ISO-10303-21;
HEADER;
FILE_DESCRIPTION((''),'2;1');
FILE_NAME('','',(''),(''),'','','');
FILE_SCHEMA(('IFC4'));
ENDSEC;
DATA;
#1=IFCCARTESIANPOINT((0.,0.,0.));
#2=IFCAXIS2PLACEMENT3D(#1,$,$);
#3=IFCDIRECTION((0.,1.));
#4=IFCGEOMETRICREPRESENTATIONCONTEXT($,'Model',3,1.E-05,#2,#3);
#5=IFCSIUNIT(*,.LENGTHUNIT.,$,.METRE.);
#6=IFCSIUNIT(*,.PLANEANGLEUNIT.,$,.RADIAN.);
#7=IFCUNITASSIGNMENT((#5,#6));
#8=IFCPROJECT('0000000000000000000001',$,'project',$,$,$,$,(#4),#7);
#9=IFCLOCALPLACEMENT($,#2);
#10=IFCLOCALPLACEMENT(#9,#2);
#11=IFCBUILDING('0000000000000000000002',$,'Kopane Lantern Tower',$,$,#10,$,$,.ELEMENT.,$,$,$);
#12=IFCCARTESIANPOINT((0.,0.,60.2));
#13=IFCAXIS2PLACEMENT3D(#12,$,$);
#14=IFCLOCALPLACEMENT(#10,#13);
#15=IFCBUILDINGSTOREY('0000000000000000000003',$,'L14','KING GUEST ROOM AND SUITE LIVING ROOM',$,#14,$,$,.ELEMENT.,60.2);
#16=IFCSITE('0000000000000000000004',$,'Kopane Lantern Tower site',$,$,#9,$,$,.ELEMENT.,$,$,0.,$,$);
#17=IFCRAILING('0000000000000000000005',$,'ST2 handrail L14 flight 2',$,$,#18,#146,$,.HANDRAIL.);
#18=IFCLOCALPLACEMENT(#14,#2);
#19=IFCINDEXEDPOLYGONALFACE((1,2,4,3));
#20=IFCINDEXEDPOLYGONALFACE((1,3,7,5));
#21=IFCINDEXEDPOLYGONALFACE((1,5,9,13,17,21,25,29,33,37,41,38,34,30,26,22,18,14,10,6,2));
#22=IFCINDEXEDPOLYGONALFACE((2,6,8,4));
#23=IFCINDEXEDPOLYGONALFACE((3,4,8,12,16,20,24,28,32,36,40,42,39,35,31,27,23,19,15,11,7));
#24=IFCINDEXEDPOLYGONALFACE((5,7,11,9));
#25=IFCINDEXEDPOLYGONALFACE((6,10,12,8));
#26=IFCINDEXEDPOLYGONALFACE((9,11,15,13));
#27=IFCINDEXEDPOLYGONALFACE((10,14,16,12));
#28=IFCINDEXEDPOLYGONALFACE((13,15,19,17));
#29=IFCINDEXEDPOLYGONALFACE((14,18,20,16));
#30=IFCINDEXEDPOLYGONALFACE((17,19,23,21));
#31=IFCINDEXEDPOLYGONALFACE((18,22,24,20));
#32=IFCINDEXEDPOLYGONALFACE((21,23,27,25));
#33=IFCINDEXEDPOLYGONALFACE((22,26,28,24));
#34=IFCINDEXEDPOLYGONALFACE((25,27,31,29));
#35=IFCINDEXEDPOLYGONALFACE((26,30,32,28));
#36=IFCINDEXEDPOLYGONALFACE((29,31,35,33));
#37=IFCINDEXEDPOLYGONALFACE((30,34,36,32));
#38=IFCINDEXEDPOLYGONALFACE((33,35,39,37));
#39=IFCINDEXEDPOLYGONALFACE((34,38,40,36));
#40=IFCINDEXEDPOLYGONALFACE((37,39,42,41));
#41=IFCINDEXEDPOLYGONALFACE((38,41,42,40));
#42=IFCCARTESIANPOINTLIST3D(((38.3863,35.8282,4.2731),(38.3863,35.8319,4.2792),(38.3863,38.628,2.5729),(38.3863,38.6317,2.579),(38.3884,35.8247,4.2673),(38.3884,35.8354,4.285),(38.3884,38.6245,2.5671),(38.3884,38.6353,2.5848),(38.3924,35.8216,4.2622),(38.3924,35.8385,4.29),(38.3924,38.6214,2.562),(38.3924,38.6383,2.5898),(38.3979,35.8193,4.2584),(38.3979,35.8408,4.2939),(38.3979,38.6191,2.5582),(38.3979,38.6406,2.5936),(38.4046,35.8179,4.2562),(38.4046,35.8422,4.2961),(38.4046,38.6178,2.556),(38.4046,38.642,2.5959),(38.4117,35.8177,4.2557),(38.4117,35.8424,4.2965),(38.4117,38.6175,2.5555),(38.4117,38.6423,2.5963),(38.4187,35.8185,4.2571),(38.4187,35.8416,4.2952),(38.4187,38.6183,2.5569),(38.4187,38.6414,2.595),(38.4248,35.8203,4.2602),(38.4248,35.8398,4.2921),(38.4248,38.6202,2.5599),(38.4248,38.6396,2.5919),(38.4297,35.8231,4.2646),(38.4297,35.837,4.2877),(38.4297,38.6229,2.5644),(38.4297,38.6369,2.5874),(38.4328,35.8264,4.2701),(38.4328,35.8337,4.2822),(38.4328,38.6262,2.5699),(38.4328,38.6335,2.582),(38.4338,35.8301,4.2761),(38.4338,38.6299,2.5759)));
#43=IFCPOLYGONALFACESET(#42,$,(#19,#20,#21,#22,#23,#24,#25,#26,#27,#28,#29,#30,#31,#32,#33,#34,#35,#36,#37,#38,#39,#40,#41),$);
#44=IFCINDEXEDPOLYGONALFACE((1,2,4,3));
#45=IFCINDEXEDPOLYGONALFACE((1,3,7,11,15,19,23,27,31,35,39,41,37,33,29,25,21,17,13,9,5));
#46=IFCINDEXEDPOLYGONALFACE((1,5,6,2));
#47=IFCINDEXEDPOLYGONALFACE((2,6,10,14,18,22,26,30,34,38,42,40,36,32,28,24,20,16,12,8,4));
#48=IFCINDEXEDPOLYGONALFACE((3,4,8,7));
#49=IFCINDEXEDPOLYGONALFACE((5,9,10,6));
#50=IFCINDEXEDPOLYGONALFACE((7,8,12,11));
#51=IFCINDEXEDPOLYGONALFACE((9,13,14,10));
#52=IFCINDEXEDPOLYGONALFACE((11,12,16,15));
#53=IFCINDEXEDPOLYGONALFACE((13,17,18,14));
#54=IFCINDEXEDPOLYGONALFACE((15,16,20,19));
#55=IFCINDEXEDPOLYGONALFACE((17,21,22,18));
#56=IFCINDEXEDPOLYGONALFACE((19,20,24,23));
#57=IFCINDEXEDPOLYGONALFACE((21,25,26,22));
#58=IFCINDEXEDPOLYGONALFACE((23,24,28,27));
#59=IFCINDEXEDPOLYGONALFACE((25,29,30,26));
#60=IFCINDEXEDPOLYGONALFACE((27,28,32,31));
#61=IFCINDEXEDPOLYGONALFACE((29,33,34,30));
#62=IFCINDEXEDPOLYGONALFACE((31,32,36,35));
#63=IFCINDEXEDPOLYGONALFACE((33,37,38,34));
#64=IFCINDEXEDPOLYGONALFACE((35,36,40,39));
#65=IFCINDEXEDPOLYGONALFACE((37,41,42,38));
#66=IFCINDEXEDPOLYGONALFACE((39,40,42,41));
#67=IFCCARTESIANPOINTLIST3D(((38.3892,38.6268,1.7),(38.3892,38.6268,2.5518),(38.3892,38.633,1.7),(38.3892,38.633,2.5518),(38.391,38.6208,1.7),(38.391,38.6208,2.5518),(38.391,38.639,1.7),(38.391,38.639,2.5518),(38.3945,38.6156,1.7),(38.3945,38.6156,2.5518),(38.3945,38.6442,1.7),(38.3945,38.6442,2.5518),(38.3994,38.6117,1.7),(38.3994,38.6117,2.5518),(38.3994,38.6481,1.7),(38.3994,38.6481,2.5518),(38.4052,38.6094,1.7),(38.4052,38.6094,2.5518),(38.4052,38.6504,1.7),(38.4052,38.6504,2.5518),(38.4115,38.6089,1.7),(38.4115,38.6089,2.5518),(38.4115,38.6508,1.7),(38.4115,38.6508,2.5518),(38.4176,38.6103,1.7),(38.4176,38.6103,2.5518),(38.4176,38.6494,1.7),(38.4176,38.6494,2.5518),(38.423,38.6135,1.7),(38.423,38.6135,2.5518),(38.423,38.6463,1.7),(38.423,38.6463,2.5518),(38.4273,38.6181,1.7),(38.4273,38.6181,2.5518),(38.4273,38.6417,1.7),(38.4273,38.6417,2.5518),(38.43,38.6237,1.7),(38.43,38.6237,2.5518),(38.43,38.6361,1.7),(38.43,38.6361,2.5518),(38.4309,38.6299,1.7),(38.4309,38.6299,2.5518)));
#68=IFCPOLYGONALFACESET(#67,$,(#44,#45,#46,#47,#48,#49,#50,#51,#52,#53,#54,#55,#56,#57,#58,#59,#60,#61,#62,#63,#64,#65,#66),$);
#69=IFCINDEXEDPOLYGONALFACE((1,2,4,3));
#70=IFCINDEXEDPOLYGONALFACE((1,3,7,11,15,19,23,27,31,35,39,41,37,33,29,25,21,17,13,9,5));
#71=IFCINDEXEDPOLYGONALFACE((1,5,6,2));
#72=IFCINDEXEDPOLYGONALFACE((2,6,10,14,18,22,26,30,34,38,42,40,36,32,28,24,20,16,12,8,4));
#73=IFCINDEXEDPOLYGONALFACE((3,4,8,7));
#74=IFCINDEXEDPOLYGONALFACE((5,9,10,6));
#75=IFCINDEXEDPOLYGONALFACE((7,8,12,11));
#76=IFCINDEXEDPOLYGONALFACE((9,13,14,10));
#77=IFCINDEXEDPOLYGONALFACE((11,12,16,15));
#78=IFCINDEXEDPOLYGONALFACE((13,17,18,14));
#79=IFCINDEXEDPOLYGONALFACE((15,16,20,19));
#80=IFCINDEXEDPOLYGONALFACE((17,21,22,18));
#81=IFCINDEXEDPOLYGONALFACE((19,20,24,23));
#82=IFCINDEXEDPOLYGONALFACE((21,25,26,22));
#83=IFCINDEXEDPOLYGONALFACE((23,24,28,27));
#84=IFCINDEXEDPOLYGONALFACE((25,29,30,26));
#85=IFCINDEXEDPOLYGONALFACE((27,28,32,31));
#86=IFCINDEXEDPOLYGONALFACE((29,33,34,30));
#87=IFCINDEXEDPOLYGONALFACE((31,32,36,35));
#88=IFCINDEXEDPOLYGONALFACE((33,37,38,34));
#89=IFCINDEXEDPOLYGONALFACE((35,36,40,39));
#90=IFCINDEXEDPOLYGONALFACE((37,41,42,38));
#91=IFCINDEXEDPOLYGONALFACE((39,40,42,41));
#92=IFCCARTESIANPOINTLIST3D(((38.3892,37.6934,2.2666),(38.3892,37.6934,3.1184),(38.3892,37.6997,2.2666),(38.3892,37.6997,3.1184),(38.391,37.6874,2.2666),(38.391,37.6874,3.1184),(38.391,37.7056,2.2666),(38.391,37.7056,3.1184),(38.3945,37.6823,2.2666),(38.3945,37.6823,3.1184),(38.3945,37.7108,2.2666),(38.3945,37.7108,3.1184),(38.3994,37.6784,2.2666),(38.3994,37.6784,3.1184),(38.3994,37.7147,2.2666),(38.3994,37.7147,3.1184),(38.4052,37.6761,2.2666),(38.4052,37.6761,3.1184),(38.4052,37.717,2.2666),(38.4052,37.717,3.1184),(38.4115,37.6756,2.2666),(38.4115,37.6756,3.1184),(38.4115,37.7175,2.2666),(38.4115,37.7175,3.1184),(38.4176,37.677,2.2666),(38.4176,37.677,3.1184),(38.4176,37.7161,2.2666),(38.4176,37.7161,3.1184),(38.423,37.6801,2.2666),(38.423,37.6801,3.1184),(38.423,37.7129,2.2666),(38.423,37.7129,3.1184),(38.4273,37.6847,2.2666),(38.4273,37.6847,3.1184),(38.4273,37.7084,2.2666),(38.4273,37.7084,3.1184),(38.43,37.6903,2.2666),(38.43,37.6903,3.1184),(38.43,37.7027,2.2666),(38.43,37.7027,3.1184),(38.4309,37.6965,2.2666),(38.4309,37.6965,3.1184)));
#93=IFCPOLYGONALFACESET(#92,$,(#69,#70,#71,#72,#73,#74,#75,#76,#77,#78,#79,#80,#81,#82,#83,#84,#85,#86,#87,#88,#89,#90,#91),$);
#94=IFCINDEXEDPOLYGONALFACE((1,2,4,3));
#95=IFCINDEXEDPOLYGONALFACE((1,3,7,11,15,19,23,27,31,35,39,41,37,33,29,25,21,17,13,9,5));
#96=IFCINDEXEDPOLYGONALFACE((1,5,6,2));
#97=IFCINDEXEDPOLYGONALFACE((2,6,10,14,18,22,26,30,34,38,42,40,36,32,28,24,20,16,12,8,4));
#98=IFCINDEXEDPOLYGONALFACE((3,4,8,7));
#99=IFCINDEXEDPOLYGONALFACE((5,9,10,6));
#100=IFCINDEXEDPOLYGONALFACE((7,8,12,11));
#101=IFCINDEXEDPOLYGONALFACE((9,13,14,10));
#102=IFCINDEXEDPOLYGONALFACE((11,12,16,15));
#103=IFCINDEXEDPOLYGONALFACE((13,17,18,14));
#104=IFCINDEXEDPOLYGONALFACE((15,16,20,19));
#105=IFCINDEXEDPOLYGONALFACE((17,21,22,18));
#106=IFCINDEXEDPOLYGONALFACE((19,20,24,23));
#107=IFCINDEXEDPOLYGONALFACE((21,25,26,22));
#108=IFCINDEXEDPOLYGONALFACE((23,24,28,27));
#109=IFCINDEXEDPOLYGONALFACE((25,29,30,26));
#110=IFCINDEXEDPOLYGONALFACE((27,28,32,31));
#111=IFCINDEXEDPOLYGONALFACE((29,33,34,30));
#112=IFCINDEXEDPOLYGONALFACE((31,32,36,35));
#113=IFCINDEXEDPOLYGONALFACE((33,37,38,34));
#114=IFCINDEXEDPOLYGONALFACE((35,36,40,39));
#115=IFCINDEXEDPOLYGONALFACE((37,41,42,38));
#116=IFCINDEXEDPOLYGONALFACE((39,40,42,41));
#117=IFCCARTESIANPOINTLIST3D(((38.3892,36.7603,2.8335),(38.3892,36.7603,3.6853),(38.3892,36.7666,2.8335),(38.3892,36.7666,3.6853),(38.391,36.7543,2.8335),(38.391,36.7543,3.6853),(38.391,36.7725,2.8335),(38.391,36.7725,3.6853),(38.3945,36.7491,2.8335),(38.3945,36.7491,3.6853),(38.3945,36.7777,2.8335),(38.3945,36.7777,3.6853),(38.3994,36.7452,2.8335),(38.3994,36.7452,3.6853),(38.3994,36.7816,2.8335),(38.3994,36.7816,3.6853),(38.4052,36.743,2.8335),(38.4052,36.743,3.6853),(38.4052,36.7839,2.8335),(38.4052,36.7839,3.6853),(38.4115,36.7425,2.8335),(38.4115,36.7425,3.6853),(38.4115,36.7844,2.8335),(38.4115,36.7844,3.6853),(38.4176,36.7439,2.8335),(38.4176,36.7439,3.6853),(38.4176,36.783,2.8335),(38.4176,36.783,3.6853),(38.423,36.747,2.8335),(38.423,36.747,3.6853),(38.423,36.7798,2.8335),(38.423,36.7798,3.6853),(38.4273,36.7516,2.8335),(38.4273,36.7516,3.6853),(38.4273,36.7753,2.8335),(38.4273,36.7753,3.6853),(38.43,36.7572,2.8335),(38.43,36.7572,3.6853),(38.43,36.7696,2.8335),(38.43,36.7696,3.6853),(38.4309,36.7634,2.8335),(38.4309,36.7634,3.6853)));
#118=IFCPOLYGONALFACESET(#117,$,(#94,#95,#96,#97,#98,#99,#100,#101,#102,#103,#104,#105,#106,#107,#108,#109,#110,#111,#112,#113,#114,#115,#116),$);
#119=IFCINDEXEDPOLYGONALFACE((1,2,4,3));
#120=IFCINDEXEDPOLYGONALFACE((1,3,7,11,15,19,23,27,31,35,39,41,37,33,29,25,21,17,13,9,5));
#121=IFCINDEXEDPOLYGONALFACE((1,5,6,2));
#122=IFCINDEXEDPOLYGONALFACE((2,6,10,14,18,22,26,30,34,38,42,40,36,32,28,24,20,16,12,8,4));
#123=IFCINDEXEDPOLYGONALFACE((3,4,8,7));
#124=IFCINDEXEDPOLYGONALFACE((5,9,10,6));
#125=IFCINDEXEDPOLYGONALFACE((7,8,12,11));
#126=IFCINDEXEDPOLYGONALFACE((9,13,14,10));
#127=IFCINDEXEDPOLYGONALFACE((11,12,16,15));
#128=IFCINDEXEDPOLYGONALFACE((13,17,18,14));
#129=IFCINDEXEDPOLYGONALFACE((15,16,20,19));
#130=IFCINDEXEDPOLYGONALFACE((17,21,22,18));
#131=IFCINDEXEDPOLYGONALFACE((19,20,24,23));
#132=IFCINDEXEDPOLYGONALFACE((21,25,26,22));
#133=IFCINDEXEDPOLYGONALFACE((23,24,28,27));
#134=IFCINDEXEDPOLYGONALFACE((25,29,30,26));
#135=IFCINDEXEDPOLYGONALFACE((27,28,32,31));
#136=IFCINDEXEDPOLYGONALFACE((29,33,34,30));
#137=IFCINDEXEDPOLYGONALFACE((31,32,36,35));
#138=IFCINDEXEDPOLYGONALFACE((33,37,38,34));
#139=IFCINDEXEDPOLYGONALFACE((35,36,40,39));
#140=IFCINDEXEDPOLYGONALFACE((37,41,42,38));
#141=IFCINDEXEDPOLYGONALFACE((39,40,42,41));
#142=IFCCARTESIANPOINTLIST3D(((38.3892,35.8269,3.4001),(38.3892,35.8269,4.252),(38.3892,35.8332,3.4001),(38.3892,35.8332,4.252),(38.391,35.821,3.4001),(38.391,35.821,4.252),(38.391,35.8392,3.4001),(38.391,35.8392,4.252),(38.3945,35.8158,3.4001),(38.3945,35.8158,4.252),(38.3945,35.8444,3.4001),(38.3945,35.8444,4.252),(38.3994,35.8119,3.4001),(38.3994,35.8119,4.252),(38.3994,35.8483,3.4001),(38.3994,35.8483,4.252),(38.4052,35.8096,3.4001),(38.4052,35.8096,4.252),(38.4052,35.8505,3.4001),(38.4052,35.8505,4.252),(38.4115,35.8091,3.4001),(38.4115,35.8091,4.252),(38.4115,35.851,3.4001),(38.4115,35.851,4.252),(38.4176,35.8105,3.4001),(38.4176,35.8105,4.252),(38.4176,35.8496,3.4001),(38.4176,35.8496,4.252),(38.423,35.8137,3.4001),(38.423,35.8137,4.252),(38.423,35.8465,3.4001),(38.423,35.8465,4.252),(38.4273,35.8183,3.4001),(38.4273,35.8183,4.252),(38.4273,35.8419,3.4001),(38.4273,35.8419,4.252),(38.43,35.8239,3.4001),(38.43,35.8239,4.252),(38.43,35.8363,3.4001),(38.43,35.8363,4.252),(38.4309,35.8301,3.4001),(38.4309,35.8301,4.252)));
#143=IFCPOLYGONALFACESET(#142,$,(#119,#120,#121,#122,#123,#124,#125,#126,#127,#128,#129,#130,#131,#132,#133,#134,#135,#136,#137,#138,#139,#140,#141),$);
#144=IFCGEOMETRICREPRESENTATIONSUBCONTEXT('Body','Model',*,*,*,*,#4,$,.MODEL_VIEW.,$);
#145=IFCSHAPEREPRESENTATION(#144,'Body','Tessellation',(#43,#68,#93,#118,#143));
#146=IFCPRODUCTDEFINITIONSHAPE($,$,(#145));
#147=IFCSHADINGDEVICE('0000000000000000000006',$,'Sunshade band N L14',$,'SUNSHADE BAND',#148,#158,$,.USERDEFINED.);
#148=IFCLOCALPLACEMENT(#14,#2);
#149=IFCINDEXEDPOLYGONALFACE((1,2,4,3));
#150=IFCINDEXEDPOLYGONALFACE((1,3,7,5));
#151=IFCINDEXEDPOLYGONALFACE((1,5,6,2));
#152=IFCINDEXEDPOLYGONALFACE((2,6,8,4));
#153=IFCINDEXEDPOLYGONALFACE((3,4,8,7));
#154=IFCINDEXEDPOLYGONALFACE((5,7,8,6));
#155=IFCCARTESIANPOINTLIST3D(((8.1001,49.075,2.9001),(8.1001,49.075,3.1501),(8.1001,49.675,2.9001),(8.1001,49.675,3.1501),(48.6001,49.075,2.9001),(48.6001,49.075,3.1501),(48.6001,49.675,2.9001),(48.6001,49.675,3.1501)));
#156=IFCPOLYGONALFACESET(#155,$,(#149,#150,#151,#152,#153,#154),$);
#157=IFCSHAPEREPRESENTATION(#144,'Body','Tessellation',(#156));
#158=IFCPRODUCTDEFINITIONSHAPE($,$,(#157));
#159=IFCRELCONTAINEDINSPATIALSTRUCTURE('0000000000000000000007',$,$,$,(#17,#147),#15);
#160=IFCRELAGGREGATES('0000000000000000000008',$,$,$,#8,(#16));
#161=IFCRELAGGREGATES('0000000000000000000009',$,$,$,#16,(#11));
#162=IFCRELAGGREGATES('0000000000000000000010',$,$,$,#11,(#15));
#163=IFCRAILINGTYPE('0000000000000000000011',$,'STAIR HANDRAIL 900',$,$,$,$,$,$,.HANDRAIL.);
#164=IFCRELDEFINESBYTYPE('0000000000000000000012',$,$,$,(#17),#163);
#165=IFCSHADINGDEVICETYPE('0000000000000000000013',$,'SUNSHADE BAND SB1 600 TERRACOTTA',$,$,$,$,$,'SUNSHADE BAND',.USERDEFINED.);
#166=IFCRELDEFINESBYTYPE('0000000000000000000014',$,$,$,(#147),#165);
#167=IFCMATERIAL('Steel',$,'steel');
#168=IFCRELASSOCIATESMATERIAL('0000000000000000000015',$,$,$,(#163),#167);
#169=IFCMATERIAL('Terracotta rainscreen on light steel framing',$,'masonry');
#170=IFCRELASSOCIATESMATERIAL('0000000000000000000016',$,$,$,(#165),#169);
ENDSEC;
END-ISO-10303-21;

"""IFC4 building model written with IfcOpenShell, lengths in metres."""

from ifc_helpers import new_model, si_unit, direction, frame, origin, origin_2d, place, context, subcontext, project, spatial, rectangle, circle, extrude, material, type_object, element, save


model = new_model("IFC4")

# Units and contexts
model_context = context("Model", 3, precision=1e-05, world=origin(), true_north=direction((0.0, 1.0)))
body_context = subcontext(model_context, "Body", "Model", "MODEL_VIEW")
ifc_project = project(units=[si_unit("LENGTHUNIT", "METRE"), si_unit("PLANEANGLEUNIT", "RADIAN")], contexts=[model_context])

# Site, building, storey
site_placement = place(None, origin())
site = spatial("IfcSite", under=ifc_project, at=site_placement, Name="Kopane Lantern Tower site", CompositionType="ELEMENT", RefElevation=0.0)
building_placement = place(site_placement, origin())
building = spatial("IfcBuilding", under=site, at=building_placement, Name="Kopane Lantern Tower", CompositionType="ELEMENT")
storey_placement = place(building_placement, frame((0.0, 0.0, 60.2)))
storey = spatial("IfcBuildingStorey", under=building, at=storey_placement, Name="L14", Description="KING GUEST ROOM AND SUITE LIVING ROOM", CompositionType="ELEMENT", Elevation=60.2)

# Railing
ifc_material_1 = material(Name="Steel", Category="steel")
railing_type = type_object("IfcRailingType", Name="STAIR HANDRAIL 900", PredefinedType="HANDRAIL", material=ifc_material_1)
for number, where, name in (
    (1, (38.4099, 38.6299, 1.7), "ST2 handrail L14 flight 2"),
):
    element("IfcRailing", number, at=place(storey_placement, frame(where)), inside=storey, type_object=railing_type, Name=name, PredefinedType="HANDRAIL", context=body_context, shape_type="SweptSolid", body=[
        extrude(circle(Radius=0.0239, at=origin_2d()), frame((0.0, 0.0, 0.876), z_axis=(0.0, -0.854745, 0.519048), x_axis=(1.0, 0.0, 0.0)), (0.0, 0.0, 1.0), 3.2756),
        extrude(circle(Radius=0.021, at=origin_2d()), origin(), (0.0, 0.0, 1.0), 0.8518),
        extrude(circle(Radius=0.021, at=origin_2d()), frame((0.0, -0.9333, 0.5667)), (0.0, 0.0, 1.0), 0.8518),
        extrude(circle(Radius=0.021, at=origin_2d()), frame((0.0, -1.8665, 1.1335)), (0.0, 0.0, 1.0), 0.8518),
        extrude(circle(Radius=0.021, at=origin_2d()), frame((0.0, -2.7998, 1.7002)), (0.0, 0.0, 1.0), 0.8518),
    ])

# Shading device
ifc_material_2 = material(Name="Terracotta rainscreen on light steel framing", Category="masonry")
shading_device_type = type_object("IfcShadingDeviceType", Name="SUNSHADE BAND SB1 600 TERRACOTTA", ElementType="SUNSHADE BAND", PredefinedType="USERDEFINED", material=ifc_material_2)
shading_device_placement = place(storey_placement, frame((28.3501, 49.375, 2.9001), z_axis=(0.0, 0.0, 1.0), x_axis=(-1.0, 0.0, 0.0)))
element("IfcShadingDevice", 2, at=shading_device_placement, inside=storey, type_object=shading_device_type, Name="Sunshade band N L14", ObjectType="SUNSHADE BAND", PredefinedType="USERDEFINED", context=body_context, shape_type="SweptSolid", body=[
    extrude(rectangle(XDim=40.5, YDim=0.6001, at=origin_2d()), origin(), (0.0, 0.0, 1.0), 0.25),
])

save(model, "model.ifc")
